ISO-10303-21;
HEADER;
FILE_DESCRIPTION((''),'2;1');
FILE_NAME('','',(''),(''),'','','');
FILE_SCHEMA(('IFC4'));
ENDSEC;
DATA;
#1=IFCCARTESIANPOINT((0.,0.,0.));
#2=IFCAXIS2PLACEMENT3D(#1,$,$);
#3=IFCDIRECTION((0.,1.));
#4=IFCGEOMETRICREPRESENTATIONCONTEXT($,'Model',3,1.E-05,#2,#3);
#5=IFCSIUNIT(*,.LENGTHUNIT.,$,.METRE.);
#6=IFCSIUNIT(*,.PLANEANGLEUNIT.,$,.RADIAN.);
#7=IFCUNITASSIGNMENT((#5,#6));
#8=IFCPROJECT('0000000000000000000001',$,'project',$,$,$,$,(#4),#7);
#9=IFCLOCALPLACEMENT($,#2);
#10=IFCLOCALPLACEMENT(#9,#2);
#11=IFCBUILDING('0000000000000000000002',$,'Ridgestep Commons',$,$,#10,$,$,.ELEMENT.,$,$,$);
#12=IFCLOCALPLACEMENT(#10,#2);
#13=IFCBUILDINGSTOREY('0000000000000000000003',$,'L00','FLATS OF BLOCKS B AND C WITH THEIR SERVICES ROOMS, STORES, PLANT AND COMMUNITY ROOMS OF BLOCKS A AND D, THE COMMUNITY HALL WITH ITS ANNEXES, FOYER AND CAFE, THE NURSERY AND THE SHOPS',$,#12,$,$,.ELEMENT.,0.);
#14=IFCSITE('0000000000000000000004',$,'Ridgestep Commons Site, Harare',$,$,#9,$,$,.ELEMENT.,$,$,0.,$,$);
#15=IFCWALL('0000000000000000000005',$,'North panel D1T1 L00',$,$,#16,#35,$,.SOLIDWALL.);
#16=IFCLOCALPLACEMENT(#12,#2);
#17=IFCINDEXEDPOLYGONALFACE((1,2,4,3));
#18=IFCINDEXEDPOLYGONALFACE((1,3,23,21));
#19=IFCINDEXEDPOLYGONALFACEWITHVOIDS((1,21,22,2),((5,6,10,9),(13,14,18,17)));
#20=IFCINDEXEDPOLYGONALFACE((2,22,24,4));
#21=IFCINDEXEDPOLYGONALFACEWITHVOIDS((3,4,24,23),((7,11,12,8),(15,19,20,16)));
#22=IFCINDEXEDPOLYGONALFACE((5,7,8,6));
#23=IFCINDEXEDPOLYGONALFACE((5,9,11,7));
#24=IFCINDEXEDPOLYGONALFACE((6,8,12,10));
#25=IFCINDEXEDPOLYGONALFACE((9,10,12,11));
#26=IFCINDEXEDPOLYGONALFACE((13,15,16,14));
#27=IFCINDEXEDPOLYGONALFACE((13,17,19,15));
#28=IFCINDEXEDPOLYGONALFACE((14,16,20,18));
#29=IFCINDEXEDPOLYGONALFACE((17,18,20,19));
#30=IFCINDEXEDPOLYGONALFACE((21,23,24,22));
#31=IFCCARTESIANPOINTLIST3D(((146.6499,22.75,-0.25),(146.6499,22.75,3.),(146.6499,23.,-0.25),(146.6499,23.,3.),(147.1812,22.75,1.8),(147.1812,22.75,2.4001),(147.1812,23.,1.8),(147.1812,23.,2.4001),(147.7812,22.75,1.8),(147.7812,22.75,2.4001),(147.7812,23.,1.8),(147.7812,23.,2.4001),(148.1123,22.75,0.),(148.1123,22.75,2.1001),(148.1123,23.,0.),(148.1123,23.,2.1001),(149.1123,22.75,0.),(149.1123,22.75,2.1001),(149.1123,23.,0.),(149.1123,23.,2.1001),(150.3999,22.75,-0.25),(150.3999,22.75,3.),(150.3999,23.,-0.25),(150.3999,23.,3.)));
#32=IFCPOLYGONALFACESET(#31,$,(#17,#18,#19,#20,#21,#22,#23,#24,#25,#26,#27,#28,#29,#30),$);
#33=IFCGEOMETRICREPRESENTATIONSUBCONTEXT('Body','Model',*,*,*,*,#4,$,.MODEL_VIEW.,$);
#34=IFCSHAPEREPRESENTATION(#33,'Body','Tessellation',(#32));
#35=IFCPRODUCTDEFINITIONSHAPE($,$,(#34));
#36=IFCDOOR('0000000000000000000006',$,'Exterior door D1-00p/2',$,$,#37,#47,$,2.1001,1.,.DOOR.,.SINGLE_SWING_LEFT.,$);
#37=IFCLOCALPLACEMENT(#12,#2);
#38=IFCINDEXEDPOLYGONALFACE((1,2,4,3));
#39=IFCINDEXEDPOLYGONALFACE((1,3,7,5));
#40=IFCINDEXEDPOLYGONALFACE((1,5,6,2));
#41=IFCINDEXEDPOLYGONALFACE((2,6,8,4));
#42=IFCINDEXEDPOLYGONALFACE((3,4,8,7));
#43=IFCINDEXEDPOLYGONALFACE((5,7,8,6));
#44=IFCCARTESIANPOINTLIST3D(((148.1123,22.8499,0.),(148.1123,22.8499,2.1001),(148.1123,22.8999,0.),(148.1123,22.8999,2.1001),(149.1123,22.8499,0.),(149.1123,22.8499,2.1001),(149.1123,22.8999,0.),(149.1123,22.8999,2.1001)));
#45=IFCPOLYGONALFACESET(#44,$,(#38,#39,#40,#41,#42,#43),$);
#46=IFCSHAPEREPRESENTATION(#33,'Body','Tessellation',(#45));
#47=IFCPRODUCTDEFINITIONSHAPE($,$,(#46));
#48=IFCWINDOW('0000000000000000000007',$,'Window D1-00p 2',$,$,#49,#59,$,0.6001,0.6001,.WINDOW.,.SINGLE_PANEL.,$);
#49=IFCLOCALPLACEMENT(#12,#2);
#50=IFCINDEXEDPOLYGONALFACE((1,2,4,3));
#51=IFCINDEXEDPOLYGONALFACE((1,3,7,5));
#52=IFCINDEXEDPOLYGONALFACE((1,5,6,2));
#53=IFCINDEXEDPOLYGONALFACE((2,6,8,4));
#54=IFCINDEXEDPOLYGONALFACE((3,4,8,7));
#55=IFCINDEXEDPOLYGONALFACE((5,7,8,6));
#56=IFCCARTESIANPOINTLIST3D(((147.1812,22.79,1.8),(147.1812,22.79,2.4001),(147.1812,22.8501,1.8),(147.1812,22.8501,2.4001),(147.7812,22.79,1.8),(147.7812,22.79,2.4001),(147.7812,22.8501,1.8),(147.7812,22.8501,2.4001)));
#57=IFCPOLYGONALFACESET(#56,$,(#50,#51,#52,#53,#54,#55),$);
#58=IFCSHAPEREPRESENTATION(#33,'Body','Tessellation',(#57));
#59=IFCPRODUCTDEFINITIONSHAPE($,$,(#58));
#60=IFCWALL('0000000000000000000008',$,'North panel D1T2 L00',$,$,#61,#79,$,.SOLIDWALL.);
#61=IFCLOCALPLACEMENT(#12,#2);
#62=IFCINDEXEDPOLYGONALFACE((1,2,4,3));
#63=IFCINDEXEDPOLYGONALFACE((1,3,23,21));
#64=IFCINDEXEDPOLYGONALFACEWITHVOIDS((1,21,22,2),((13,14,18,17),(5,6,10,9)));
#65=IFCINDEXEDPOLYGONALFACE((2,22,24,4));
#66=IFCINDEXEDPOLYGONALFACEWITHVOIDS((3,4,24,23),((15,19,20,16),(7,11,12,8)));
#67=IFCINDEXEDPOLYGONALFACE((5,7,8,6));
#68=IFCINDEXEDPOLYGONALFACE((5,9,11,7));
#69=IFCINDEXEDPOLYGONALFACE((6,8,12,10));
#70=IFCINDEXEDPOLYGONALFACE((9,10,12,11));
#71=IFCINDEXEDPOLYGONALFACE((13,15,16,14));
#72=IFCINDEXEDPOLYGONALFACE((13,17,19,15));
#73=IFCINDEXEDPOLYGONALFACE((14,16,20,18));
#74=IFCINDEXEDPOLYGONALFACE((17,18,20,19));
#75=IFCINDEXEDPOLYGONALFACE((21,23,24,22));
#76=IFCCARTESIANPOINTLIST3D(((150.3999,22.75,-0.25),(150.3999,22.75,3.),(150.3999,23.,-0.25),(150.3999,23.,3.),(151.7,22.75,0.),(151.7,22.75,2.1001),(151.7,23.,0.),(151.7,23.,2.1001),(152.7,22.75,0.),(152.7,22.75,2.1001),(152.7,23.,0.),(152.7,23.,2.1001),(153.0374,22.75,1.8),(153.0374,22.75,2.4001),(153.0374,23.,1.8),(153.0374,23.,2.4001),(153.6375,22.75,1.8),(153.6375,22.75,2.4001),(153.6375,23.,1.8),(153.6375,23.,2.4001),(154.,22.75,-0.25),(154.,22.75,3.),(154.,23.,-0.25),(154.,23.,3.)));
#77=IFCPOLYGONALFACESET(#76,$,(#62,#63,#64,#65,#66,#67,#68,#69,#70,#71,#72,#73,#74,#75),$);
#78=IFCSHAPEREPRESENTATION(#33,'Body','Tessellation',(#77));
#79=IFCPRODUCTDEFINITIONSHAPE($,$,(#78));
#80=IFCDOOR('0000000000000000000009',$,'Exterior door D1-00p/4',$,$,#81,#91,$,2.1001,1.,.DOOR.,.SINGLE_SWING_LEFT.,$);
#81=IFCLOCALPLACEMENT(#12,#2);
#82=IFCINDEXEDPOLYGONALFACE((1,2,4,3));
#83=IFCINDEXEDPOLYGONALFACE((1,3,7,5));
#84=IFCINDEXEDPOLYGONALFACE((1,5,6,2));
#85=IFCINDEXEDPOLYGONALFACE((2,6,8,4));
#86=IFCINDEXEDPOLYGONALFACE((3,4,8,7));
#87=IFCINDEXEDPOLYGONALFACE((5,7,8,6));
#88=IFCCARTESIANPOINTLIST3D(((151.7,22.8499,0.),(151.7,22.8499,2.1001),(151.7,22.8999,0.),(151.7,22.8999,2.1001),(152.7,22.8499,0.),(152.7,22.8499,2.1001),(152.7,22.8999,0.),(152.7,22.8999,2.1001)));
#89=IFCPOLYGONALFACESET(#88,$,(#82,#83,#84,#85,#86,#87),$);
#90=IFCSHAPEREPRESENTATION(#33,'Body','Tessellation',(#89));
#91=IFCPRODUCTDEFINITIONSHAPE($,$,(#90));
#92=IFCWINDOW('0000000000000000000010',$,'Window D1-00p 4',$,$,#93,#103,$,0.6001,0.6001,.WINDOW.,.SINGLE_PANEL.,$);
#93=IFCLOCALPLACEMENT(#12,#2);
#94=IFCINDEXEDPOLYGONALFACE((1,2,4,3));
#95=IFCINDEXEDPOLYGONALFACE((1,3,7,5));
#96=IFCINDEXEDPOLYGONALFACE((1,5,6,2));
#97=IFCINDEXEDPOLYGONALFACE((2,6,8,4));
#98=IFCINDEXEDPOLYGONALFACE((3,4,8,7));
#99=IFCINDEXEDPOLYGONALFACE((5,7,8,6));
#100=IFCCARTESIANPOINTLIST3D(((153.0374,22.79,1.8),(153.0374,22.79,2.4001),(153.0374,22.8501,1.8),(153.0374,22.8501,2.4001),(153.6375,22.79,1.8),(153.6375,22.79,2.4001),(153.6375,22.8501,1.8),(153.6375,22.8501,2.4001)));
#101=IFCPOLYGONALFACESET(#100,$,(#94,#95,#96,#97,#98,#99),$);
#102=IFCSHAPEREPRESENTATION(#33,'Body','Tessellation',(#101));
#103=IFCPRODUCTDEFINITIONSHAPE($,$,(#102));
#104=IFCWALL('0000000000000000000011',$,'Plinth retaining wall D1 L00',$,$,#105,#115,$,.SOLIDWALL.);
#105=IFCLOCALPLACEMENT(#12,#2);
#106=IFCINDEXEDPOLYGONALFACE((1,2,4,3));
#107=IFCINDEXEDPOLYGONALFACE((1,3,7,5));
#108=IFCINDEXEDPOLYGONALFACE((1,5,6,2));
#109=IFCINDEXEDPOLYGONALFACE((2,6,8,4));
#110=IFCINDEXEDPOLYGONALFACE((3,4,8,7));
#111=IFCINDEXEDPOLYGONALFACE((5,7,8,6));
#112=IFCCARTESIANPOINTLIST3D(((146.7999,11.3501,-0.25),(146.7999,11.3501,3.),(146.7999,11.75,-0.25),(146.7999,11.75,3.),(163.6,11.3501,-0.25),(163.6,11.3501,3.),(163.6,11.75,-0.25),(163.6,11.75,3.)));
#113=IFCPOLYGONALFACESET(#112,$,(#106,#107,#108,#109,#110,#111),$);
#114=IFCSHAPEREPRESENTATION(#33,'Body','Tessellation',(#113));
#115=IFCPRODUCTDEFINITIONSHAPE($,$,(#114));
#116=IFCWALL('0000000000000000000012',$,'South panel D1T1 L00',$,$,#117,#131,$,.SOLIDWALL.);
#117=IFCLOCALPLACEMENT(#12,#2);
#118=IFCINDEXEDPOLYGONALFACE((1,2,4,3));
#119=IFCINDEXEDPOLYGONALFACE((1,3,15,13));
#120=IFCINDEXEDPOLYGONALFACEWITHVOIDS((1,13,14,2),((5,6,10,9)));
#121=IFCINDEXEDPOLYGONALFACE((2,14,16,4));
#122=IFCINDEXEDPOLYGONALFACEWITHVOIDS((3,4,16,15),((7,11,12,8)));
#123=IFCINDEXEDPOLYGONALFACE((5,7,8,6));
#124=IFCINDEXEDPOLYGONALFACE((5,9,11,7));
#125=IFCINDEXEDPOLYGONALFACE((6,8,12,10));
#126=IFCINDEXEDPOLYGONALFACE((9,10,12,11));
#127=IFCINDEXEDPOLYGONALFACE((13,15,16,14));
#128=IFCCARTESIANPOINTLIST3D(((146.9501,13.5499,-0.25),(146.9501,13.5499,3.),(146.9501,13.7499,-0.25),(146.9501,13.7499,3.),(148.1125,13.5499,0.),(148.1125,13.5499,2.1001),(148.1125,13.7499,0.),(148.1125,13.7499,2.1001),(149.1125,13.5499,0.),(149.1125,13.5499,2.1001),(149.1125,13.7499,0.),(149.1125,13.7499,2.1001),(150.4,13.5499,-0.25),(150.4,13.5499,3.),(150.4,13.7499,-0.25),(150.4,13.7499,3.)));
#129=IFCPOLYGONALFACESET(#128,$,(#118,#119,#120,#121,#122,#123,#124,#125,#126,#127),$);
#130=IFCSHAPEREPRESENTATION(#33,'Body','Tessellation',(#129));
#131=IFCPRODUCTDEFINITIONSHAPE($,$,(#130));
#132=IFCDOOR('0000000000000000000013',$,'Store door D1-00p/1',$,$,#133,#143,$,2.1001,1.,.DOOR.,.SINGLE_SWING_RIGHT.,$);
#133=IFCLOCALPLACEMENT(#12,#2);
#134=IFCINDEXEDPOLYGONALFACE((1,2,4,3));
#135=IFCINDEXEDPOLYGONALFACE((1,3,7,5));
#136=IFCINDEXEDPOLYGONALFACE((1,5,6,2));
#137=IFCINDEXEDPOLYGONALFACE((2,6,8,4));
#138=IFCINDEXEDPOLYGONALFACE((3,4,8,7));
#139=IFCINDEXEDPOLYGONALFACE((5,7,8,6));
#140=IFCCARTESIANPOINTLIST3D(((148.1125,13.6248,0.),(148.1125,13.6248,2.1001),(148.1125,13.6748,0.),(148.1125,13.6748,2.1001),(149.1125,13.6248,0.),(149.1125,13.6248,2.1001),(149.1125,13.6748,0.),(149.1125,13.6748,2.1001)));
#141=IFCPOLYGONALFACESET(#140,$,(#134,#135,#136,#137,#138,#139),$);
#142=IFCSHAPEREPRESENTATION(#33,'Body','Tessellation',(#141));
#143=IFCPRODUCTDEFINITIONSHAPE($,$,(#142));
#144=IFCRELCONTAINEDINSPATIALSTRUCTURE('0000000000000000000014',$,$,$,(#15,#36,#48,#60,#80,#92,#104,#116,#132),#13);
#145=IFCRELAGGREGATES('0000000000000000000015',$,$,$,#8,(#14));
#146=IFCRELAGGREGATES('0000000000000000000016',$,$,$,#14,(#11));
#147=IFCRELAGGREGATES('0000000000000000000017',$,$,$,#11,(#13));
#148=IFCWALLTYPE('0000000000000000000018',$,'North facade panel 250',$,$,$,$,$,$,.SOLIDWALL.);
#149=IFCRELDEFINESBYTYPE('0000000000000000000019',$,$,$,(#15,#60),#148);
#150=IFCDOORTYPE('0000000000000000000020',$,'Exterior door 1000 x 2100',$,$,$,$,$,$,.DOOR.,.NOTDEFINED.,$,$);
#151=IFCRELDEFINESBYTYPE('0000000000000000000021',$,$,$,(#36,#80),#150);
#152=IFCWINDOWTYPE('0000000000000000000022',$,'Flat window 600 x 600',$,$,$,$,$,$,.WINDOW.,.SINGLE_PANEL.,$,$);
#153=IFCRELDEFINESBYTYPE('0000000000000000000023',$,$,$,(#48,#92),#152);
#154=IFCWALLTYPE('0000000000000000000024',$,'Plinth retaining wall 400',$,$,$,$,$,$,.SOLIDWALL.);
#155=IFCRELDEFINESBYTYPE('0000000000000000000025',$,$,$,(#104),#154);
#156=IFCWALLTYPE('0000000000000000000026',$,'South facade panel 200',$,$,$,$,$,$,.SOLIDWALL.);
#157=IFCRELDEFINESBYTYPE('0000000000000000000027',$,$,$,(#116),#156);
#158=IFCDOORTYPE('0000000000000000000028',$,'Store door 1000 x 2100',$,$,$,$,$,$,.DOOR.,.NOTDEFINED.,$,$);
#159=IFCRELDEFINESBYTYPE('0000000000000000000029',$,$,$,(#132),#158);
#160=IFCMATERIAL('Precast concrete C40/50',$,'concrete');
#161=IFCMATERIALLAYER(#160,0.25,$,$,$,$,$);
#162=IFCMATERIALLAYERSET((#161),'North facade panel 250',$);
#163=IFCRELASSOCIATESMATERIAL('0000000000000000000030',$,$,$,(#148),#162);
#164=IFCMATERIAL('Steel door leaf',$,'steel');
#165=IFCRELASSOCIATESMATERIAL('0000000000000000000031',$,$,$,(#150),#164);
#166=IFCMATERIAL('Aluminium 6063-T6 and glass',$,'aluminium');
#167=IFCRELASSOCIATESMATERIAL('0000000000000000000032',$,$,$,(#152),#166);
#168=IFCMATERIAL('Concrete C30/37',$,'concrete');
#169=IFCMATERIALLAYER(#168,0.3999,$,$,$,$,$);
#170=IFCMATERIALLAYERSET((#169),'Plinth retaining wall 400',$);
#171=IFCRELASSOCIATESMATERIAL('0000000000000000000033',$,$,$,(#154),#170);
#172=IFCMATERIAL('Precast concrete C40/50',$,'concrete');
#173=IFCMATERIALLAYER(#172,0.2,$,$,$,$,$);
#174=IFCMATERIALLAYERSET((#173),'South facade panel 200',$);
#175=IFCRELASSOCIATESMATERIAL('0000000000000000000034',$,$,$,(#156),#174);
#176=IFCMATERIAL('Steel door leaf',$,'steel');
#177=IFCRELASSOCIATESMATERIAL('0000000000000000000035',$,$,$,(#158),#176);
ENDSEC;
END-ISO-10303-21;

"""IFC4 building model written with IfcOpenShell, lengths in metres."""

from ifc_helpers import new_model, si_unit, direction, frame, frame_2d, origin, place, context, subcontext, project, spatial, rectangle, extrude, material, layer, layer_set, type_object, element, fill, save


model = new_model("IFC4")

# Units and contexts
model_context = context("Model", 3, precision=1e-05, world=origin(), true_north=direction((0.0, 1.0)))
body_context = subcontext(model_context, "Body", "Model", "MODEL_VIEW")
ifc_project = project(units=[si_unit("LENGTHUNIT", "METRE"), si_unit("PLANEANGLEUNIT", "RADIAN")], contexts=[model_context])

# Site, building, storey
site_placement = place(None, origin())
site = spatial("IfcSite", under=ifc_project, at=site_placement, Name="Ridgestep Commons Site, Harare", CompositionType="ELEMENT", RefElevation=0.0)
building_placement = place(site_placement, origin())
building = spatial("IfcBuilding", under=site, at=building_placement, Name="Ridgestep Commons", CompositionType="ELEMENT")
storey_placement = place(building_placement, origin())
storey = spatial("IfcBuildingStorey", under=building, at=storey_placement, Name="L00", Description="FLATS OF BLOCKS B AND C WITH THEIR SERVICES ROOMS, STORES, PLANT AND COMMUNITY ROOMS OF BLOCKS A AND D, THE COMMUNITY HALL WITH ITS ANNEXES, FOYER AND CAFE, THE NURSERY AND THE SHOPS", CompositionType="ELEMENT", Elevation=0.0)

# Walls, openings, doors, windows
ifc_material_1 = material(Name="Precast concrete C40/50", Category="concrete")
ifc_layer_1 = layer(ifc_material_1, 0.25)
ifc_layer_set_1 = layer_set([ifc_layer_1], Name="North facade panel 250")
wall_type_1 = type_object("IfcWallType", Name="North facade panel 250", PredefinedType="SOLIDWALL", material=ifc_layer_set_1)
wall_1_placement = place(storey_placement, frame((146.6499, 22.875, -0.25), z_axis=(0.0, 0.0, 1.0), x_axis=(1.0, 0.0, 0.0)))
wall_1 = element("IfcWall", 1, at=wall_1_placement, inside=storey, type_object=wall_type_1, Name="North panel D1T1 L00", PredefinedType="SOLIDWALL", context=body_context, shape_type="SweptSolid", body=[
    extrude(rectangle(XDim=3.75, YDim=0.25, at=frame_2d((1.875, 0.0))), origin(), (0.0, 0.0, 1.0), 3.25),
])
opening_1_placement = place(wall_1_placement, frame((0.5312, 0.0, 2.05)))
opening_1 = element("IfcOpeningElement", 2, at=opening_1_placement, cuts=wall_1, PredefinedType="OPENING", context=body_context, shape_type="SweptSolid", body=[
    extrude(rectangle(XDim=0.6001, YDim=0.6001, at=frame_2d((0.3, 0.3))), frame((0.0, 0.135, 0.0), z_axis=(0.0, -1.0, 0.0), x_axis=(1.0, 0.0, 0.0)), (0.0, 0.0, 1.0), 0.27),
])
opening_2_placement = place(wall_1_placement, frame((1.4624, 0.0, 0.25)))
opening_2 = element("IfcOpeningElement", 3, at=opening_2_placement, cuts=wall_1, PredefinedType="OPENING", context=body_context, shape_type="SweptSolid", body=[
    extrude(rectangle(XDim=1.0, YDim=2.1001, at=frame_2d((0.5, 1.05))), frame((0.0, 0.135, 0.0), z_axis=(0.0, -1.0, 0.0), x_axis=(1.0, 0.0, 0.0)), (0.0, 0.0, 1.0), 0.27),
])
ifc_material_2 = material(Name="Steel door leaf", Category="steel")
door_type_1 = type_object("IfcDoorType", Name="Exterior door 1000 x 2100", OperationType="NOTDEFINED", PredefinedType="DOOR", material=ifc_material_2)
door_1_placement = place(opening_2_placement, origin())
door_1 = element("IfcDoor", 4, at=door_1_placement, inside=storey, type_object=door_type_1, Name="Exterior door D1-00p/2", OperationType="SINGLE_SWING_LEFT", OverallHeight=2.1001, OverallWidth=1.0, PredefinedType="DOOR", context=body_context, shape_type="SweptSolid", body=[
    extrude(rectangle(XDim=1.0, YDim=2.1001, at=frame_2d((0.5, 1.05))), frame((0.0, 0.0249, 0.0), z_axis=(0.0, -1.0, 0.0), x_axis=(1.0, 0.0, 0.0)), (0.0, 0.0, 1.0), 0.05),
])
fill(opening_2, door_1)
ifc_material_3 = material(Name="Aluminium 6063-T6 and glass", Category="aluminium")
window_type = type_object("IfcWindowType", Name="Flat window 600 x 600", PartitioningType="SINGLE_PANEL", PredefinedType="WINDOW", material=ifc_material_3)
window_1_placement = place(opening_1_placement, origin())
window_1 = element("IfcWindow", 5, at=window_1_placement, inside=storey, type_object=window_type, Name="Window D1-00p 2", OverallHeight=0.6001, OverallWidth=0.6001, PartitioningType="SINGLE_PANEL", PredefinedType="WINDOW", context=body_context, shape_type="SweptSolid", body=[
    extrude(rectangle(XDim=0.6001, YDim=0.6001, at=frame_2d((0.3, 0.3))), frame((0.0, -0.0249, 0.0), z_axis=(0.0, -1.0, 0.0), x_axis=(1.0, 0.0, 0.0)), (0.0, 0.0, 1.0), 0.0601),
])
fill(opening_1, window_1)
wall_2_placement = place(storey_placement, frame((150.3999, 22.875, -0.25), z_axis=(0.0, 0.0, 1.0), x_axis=(1.0, 0.0, 0.0)))
wall_2 = element("IfcWall", 6, at=wall_2_placement, inside=storey, type_object=wall_type_1, Name="North panel D1T2 L00", PredefinedType="SOLIDWALL", context=body_context, shape_type="SweptSolid", body=[
    extrude(rectangle(XDim=3.6001, YDim=0.25, at=frame_2d((1.8, 0.0))), origin(), (0.0, 0.0, 1.0), 3.25),
])
opening_3_placement = place(wall_2_placement, frame((2.6375, 0.0, 2.05)))
opening_3 = element("IfcOpeningElement", 7, at=opening_3_placement, cuts=wall_2, PredefinedType="OPENING", context=body_context, shape_type="SweptSolid", body=[
    extrude(rectangle(XDim=0.6001, YDim=0.6001, at=frame_2d((0.3, 0.3))), frame((0.0, 0.135, 0.0), z_axis=(0.0, -1.0, 0.0), x_axis=(1.0, 0.0, 0.0)), (0.0, 0.0, 1.0), 0.27),
])
opening_4_placement = place(wall_2_placement, frame((1.3, 0.0, 0.25)))
opening_4 = element("IfcOpeningElement", 8, at=opening_4_placement, cuts=wall_2, PredefinedType="OPENING", context=body_context, shape_type="SweptSolid", body=[
    extrude(rectangle(XDim=1.0, YDim=2.1001, at=frame_2d((0.5, 1.05))), frame((0.0, 0.135, 0.0), z_axis=(0.0, -1.0, 0.0), x_axis=(1.0, 0.0, 0.0)), (0.0, 0.0, 1.0), 0.27),
])
door_2_placement = place(opening_4_placement, origin())
door_2 = element("IfcDoor", 9, at=door_2_placement, inside=storey, type_object=door_type_1, Name="Exterior door D1-00p/4", OperationType="SINGLE_SWING_LEFT", OverallHeight=2.1001, OverallWidth=1.0, PredefinedType="DOOR", context=body_context, shape_type="SweptSolid", body=[
    extrude(rectangle(XDim=1.0, YDim=2.1001, at=frame_2d((0.5, 1.05))), frame((0.0, 0.0249, 0.0), z_axis=(0.0, -1.0, 0.0), x_axis=(1.0, 0.0, 0.0)), (0.0, 0.0, 1.0), 0.05),
])
fill(opening_4, door_2)
window_2_placement = place(opening_3_placement, origin())
window_2 = element("IfcWindow", 10, at=window_2_placement, inside=storey, type_object=window_type, Name="Window D1-00p 4", OverallHeight=0.6001, OverallWidth=0.6001, PartitioningType="SINGLE_PANEL", PredefinedType="WINDOW", context=body_context, shape_type="SweptSolid", body=[
    extrude(rectangle(XDim=0.6001, YDim=0.6001, at=frame_2d((0.3, 0.3))), frame((0.0, -0.0249, 0.0), z_axis=(0.0, -1.0, 0.0), x_axis=(1.0, 0.0, 0.0)), (0.0, 0.0, 1.0), 0.0601),
])
fill(opening_3, window_2)

# Wall
ifc_material_4 = material(Name="Concrete C30/37", Category="concrete")
ifc_layer_2 = layer(ifc_material_4, 0.3999)
ifc_layer_set_2 = layer_set([ifc_layer_2], Name="Plinth retaining wall 400")
wall_type_2 = type_object("IfcWallType", Name="Plinth retaining wall 400", PredefinedType="SOLIDWALL", material=ifc_layer_set_2)
wall_3_placement = place(storey_placement, frame((146.8, 11.55, -0.25), z_axis=(0.0, 0.0, 1.0), x_axis=(1.0, 0.0, 0.0)))
element("IfcWall", 11, at=wall_3_placement, inside=storey, type_object=wall_type_2, Name="Plinth retaining wall D1 L00", PredefinedType="SOLIDWALL", context=body_context, shape_type="SweptSolid", body=[
    extrude(rectangle(XDim=16.8, YDim=0.3999, at=frame_2d((8.3999, 0.0))), origin(), (0.0, 0.0, 1.0), 3.25),
])

# Wall, opening, door
ifc_material_5 = material(Name="Precast concrete C40/50", Category="concrete")
ifc_layer_3 = layer(ifc_material_5, 0.2)
ifc_layer_set_3 = layer_set([ifc_layer_3], Name="South facade panel 200")
wall_type_3 = type_object("IfcWallType", Name="South facade panel 200", PredefinedType="SOLIDWALL", material=ifc_layer_set_3)
wall_4_placement = place(storey_placement, frame((146.95, 13.6499, -0.25), z_axis=(0.0, 0.0, 1.0), x_axis=(1.0, 0.0, 0.0)))
wall_4 = element("IfcWall", 12, at=wall_4_placement, inside=storey, type_object=wall_type_3, Name="South panel D1T1 L00", PredefinedType="SOLIDWALL", context=body_context, shape_type="SweptSolid", body=[
    extrude(rectangle(XDim=3.45, YDim=0.2, at=frame_2d((1.7251, 0.0))), origin(), (0.0, 0.0, 1.0), 3.25),
])
opening_5_placement = place(wall_4_placement, frame((1.1626, 0.0, 0.25)))
opening_5 = element("IfcOpeningElement", 13, at=opening_5_placement, cuts=wall_4, PredefinedType="OPENING", context=body_context, shape_type="SweptSolid", body=[
    extrude(rectangle(XDim=1.0, YDim=2.1001, at=frame_2d((0.5, 1.05))), frame((0.0, 0.1099, 0.0), z_axis=(0.0, -1.0, 0.0), x_axis=(1.0, 0.0, 0.0)), (0.0, 0.0, 1.0), 0.22),
])
ifc_material_6 = material(Name="Steel door leaf", Category="steel")
door_type_2 = type_object("IfcDoorType", Name="Store door 1000 x 2100", OperationType="NOTDEFINED", PredefinedType="DOOR", material=ifc_material_6)
door_3_placement = place(opening_5_placement, origin())
door_3 = element("IfcDoor", 14, at=door_3_placement, inside=storey, type_object=door_type_2, Name="Store door D1-00p/1", OperationType="SINGLE_SWING_RIGHT", OverallHeight=2.1001, OverallWidth=1.0, PredefinedType="DOOR", context=body_context, shape_type="SweptSolid", body=[
    extrude(rectangle(XDim=1.0, YDim=2.1001, at=frame_2d((0.5, 1.05))), frame((0.0, 0.0249, 0.0), z_axis=(0.0, -1.0, 0.0), x_axis=(1.0, 0.0, 0.0)), (0.0, 0.0, 1.0), 0.05),
])
fill(opening_5, door_3)

save(model, "model.ifc")
